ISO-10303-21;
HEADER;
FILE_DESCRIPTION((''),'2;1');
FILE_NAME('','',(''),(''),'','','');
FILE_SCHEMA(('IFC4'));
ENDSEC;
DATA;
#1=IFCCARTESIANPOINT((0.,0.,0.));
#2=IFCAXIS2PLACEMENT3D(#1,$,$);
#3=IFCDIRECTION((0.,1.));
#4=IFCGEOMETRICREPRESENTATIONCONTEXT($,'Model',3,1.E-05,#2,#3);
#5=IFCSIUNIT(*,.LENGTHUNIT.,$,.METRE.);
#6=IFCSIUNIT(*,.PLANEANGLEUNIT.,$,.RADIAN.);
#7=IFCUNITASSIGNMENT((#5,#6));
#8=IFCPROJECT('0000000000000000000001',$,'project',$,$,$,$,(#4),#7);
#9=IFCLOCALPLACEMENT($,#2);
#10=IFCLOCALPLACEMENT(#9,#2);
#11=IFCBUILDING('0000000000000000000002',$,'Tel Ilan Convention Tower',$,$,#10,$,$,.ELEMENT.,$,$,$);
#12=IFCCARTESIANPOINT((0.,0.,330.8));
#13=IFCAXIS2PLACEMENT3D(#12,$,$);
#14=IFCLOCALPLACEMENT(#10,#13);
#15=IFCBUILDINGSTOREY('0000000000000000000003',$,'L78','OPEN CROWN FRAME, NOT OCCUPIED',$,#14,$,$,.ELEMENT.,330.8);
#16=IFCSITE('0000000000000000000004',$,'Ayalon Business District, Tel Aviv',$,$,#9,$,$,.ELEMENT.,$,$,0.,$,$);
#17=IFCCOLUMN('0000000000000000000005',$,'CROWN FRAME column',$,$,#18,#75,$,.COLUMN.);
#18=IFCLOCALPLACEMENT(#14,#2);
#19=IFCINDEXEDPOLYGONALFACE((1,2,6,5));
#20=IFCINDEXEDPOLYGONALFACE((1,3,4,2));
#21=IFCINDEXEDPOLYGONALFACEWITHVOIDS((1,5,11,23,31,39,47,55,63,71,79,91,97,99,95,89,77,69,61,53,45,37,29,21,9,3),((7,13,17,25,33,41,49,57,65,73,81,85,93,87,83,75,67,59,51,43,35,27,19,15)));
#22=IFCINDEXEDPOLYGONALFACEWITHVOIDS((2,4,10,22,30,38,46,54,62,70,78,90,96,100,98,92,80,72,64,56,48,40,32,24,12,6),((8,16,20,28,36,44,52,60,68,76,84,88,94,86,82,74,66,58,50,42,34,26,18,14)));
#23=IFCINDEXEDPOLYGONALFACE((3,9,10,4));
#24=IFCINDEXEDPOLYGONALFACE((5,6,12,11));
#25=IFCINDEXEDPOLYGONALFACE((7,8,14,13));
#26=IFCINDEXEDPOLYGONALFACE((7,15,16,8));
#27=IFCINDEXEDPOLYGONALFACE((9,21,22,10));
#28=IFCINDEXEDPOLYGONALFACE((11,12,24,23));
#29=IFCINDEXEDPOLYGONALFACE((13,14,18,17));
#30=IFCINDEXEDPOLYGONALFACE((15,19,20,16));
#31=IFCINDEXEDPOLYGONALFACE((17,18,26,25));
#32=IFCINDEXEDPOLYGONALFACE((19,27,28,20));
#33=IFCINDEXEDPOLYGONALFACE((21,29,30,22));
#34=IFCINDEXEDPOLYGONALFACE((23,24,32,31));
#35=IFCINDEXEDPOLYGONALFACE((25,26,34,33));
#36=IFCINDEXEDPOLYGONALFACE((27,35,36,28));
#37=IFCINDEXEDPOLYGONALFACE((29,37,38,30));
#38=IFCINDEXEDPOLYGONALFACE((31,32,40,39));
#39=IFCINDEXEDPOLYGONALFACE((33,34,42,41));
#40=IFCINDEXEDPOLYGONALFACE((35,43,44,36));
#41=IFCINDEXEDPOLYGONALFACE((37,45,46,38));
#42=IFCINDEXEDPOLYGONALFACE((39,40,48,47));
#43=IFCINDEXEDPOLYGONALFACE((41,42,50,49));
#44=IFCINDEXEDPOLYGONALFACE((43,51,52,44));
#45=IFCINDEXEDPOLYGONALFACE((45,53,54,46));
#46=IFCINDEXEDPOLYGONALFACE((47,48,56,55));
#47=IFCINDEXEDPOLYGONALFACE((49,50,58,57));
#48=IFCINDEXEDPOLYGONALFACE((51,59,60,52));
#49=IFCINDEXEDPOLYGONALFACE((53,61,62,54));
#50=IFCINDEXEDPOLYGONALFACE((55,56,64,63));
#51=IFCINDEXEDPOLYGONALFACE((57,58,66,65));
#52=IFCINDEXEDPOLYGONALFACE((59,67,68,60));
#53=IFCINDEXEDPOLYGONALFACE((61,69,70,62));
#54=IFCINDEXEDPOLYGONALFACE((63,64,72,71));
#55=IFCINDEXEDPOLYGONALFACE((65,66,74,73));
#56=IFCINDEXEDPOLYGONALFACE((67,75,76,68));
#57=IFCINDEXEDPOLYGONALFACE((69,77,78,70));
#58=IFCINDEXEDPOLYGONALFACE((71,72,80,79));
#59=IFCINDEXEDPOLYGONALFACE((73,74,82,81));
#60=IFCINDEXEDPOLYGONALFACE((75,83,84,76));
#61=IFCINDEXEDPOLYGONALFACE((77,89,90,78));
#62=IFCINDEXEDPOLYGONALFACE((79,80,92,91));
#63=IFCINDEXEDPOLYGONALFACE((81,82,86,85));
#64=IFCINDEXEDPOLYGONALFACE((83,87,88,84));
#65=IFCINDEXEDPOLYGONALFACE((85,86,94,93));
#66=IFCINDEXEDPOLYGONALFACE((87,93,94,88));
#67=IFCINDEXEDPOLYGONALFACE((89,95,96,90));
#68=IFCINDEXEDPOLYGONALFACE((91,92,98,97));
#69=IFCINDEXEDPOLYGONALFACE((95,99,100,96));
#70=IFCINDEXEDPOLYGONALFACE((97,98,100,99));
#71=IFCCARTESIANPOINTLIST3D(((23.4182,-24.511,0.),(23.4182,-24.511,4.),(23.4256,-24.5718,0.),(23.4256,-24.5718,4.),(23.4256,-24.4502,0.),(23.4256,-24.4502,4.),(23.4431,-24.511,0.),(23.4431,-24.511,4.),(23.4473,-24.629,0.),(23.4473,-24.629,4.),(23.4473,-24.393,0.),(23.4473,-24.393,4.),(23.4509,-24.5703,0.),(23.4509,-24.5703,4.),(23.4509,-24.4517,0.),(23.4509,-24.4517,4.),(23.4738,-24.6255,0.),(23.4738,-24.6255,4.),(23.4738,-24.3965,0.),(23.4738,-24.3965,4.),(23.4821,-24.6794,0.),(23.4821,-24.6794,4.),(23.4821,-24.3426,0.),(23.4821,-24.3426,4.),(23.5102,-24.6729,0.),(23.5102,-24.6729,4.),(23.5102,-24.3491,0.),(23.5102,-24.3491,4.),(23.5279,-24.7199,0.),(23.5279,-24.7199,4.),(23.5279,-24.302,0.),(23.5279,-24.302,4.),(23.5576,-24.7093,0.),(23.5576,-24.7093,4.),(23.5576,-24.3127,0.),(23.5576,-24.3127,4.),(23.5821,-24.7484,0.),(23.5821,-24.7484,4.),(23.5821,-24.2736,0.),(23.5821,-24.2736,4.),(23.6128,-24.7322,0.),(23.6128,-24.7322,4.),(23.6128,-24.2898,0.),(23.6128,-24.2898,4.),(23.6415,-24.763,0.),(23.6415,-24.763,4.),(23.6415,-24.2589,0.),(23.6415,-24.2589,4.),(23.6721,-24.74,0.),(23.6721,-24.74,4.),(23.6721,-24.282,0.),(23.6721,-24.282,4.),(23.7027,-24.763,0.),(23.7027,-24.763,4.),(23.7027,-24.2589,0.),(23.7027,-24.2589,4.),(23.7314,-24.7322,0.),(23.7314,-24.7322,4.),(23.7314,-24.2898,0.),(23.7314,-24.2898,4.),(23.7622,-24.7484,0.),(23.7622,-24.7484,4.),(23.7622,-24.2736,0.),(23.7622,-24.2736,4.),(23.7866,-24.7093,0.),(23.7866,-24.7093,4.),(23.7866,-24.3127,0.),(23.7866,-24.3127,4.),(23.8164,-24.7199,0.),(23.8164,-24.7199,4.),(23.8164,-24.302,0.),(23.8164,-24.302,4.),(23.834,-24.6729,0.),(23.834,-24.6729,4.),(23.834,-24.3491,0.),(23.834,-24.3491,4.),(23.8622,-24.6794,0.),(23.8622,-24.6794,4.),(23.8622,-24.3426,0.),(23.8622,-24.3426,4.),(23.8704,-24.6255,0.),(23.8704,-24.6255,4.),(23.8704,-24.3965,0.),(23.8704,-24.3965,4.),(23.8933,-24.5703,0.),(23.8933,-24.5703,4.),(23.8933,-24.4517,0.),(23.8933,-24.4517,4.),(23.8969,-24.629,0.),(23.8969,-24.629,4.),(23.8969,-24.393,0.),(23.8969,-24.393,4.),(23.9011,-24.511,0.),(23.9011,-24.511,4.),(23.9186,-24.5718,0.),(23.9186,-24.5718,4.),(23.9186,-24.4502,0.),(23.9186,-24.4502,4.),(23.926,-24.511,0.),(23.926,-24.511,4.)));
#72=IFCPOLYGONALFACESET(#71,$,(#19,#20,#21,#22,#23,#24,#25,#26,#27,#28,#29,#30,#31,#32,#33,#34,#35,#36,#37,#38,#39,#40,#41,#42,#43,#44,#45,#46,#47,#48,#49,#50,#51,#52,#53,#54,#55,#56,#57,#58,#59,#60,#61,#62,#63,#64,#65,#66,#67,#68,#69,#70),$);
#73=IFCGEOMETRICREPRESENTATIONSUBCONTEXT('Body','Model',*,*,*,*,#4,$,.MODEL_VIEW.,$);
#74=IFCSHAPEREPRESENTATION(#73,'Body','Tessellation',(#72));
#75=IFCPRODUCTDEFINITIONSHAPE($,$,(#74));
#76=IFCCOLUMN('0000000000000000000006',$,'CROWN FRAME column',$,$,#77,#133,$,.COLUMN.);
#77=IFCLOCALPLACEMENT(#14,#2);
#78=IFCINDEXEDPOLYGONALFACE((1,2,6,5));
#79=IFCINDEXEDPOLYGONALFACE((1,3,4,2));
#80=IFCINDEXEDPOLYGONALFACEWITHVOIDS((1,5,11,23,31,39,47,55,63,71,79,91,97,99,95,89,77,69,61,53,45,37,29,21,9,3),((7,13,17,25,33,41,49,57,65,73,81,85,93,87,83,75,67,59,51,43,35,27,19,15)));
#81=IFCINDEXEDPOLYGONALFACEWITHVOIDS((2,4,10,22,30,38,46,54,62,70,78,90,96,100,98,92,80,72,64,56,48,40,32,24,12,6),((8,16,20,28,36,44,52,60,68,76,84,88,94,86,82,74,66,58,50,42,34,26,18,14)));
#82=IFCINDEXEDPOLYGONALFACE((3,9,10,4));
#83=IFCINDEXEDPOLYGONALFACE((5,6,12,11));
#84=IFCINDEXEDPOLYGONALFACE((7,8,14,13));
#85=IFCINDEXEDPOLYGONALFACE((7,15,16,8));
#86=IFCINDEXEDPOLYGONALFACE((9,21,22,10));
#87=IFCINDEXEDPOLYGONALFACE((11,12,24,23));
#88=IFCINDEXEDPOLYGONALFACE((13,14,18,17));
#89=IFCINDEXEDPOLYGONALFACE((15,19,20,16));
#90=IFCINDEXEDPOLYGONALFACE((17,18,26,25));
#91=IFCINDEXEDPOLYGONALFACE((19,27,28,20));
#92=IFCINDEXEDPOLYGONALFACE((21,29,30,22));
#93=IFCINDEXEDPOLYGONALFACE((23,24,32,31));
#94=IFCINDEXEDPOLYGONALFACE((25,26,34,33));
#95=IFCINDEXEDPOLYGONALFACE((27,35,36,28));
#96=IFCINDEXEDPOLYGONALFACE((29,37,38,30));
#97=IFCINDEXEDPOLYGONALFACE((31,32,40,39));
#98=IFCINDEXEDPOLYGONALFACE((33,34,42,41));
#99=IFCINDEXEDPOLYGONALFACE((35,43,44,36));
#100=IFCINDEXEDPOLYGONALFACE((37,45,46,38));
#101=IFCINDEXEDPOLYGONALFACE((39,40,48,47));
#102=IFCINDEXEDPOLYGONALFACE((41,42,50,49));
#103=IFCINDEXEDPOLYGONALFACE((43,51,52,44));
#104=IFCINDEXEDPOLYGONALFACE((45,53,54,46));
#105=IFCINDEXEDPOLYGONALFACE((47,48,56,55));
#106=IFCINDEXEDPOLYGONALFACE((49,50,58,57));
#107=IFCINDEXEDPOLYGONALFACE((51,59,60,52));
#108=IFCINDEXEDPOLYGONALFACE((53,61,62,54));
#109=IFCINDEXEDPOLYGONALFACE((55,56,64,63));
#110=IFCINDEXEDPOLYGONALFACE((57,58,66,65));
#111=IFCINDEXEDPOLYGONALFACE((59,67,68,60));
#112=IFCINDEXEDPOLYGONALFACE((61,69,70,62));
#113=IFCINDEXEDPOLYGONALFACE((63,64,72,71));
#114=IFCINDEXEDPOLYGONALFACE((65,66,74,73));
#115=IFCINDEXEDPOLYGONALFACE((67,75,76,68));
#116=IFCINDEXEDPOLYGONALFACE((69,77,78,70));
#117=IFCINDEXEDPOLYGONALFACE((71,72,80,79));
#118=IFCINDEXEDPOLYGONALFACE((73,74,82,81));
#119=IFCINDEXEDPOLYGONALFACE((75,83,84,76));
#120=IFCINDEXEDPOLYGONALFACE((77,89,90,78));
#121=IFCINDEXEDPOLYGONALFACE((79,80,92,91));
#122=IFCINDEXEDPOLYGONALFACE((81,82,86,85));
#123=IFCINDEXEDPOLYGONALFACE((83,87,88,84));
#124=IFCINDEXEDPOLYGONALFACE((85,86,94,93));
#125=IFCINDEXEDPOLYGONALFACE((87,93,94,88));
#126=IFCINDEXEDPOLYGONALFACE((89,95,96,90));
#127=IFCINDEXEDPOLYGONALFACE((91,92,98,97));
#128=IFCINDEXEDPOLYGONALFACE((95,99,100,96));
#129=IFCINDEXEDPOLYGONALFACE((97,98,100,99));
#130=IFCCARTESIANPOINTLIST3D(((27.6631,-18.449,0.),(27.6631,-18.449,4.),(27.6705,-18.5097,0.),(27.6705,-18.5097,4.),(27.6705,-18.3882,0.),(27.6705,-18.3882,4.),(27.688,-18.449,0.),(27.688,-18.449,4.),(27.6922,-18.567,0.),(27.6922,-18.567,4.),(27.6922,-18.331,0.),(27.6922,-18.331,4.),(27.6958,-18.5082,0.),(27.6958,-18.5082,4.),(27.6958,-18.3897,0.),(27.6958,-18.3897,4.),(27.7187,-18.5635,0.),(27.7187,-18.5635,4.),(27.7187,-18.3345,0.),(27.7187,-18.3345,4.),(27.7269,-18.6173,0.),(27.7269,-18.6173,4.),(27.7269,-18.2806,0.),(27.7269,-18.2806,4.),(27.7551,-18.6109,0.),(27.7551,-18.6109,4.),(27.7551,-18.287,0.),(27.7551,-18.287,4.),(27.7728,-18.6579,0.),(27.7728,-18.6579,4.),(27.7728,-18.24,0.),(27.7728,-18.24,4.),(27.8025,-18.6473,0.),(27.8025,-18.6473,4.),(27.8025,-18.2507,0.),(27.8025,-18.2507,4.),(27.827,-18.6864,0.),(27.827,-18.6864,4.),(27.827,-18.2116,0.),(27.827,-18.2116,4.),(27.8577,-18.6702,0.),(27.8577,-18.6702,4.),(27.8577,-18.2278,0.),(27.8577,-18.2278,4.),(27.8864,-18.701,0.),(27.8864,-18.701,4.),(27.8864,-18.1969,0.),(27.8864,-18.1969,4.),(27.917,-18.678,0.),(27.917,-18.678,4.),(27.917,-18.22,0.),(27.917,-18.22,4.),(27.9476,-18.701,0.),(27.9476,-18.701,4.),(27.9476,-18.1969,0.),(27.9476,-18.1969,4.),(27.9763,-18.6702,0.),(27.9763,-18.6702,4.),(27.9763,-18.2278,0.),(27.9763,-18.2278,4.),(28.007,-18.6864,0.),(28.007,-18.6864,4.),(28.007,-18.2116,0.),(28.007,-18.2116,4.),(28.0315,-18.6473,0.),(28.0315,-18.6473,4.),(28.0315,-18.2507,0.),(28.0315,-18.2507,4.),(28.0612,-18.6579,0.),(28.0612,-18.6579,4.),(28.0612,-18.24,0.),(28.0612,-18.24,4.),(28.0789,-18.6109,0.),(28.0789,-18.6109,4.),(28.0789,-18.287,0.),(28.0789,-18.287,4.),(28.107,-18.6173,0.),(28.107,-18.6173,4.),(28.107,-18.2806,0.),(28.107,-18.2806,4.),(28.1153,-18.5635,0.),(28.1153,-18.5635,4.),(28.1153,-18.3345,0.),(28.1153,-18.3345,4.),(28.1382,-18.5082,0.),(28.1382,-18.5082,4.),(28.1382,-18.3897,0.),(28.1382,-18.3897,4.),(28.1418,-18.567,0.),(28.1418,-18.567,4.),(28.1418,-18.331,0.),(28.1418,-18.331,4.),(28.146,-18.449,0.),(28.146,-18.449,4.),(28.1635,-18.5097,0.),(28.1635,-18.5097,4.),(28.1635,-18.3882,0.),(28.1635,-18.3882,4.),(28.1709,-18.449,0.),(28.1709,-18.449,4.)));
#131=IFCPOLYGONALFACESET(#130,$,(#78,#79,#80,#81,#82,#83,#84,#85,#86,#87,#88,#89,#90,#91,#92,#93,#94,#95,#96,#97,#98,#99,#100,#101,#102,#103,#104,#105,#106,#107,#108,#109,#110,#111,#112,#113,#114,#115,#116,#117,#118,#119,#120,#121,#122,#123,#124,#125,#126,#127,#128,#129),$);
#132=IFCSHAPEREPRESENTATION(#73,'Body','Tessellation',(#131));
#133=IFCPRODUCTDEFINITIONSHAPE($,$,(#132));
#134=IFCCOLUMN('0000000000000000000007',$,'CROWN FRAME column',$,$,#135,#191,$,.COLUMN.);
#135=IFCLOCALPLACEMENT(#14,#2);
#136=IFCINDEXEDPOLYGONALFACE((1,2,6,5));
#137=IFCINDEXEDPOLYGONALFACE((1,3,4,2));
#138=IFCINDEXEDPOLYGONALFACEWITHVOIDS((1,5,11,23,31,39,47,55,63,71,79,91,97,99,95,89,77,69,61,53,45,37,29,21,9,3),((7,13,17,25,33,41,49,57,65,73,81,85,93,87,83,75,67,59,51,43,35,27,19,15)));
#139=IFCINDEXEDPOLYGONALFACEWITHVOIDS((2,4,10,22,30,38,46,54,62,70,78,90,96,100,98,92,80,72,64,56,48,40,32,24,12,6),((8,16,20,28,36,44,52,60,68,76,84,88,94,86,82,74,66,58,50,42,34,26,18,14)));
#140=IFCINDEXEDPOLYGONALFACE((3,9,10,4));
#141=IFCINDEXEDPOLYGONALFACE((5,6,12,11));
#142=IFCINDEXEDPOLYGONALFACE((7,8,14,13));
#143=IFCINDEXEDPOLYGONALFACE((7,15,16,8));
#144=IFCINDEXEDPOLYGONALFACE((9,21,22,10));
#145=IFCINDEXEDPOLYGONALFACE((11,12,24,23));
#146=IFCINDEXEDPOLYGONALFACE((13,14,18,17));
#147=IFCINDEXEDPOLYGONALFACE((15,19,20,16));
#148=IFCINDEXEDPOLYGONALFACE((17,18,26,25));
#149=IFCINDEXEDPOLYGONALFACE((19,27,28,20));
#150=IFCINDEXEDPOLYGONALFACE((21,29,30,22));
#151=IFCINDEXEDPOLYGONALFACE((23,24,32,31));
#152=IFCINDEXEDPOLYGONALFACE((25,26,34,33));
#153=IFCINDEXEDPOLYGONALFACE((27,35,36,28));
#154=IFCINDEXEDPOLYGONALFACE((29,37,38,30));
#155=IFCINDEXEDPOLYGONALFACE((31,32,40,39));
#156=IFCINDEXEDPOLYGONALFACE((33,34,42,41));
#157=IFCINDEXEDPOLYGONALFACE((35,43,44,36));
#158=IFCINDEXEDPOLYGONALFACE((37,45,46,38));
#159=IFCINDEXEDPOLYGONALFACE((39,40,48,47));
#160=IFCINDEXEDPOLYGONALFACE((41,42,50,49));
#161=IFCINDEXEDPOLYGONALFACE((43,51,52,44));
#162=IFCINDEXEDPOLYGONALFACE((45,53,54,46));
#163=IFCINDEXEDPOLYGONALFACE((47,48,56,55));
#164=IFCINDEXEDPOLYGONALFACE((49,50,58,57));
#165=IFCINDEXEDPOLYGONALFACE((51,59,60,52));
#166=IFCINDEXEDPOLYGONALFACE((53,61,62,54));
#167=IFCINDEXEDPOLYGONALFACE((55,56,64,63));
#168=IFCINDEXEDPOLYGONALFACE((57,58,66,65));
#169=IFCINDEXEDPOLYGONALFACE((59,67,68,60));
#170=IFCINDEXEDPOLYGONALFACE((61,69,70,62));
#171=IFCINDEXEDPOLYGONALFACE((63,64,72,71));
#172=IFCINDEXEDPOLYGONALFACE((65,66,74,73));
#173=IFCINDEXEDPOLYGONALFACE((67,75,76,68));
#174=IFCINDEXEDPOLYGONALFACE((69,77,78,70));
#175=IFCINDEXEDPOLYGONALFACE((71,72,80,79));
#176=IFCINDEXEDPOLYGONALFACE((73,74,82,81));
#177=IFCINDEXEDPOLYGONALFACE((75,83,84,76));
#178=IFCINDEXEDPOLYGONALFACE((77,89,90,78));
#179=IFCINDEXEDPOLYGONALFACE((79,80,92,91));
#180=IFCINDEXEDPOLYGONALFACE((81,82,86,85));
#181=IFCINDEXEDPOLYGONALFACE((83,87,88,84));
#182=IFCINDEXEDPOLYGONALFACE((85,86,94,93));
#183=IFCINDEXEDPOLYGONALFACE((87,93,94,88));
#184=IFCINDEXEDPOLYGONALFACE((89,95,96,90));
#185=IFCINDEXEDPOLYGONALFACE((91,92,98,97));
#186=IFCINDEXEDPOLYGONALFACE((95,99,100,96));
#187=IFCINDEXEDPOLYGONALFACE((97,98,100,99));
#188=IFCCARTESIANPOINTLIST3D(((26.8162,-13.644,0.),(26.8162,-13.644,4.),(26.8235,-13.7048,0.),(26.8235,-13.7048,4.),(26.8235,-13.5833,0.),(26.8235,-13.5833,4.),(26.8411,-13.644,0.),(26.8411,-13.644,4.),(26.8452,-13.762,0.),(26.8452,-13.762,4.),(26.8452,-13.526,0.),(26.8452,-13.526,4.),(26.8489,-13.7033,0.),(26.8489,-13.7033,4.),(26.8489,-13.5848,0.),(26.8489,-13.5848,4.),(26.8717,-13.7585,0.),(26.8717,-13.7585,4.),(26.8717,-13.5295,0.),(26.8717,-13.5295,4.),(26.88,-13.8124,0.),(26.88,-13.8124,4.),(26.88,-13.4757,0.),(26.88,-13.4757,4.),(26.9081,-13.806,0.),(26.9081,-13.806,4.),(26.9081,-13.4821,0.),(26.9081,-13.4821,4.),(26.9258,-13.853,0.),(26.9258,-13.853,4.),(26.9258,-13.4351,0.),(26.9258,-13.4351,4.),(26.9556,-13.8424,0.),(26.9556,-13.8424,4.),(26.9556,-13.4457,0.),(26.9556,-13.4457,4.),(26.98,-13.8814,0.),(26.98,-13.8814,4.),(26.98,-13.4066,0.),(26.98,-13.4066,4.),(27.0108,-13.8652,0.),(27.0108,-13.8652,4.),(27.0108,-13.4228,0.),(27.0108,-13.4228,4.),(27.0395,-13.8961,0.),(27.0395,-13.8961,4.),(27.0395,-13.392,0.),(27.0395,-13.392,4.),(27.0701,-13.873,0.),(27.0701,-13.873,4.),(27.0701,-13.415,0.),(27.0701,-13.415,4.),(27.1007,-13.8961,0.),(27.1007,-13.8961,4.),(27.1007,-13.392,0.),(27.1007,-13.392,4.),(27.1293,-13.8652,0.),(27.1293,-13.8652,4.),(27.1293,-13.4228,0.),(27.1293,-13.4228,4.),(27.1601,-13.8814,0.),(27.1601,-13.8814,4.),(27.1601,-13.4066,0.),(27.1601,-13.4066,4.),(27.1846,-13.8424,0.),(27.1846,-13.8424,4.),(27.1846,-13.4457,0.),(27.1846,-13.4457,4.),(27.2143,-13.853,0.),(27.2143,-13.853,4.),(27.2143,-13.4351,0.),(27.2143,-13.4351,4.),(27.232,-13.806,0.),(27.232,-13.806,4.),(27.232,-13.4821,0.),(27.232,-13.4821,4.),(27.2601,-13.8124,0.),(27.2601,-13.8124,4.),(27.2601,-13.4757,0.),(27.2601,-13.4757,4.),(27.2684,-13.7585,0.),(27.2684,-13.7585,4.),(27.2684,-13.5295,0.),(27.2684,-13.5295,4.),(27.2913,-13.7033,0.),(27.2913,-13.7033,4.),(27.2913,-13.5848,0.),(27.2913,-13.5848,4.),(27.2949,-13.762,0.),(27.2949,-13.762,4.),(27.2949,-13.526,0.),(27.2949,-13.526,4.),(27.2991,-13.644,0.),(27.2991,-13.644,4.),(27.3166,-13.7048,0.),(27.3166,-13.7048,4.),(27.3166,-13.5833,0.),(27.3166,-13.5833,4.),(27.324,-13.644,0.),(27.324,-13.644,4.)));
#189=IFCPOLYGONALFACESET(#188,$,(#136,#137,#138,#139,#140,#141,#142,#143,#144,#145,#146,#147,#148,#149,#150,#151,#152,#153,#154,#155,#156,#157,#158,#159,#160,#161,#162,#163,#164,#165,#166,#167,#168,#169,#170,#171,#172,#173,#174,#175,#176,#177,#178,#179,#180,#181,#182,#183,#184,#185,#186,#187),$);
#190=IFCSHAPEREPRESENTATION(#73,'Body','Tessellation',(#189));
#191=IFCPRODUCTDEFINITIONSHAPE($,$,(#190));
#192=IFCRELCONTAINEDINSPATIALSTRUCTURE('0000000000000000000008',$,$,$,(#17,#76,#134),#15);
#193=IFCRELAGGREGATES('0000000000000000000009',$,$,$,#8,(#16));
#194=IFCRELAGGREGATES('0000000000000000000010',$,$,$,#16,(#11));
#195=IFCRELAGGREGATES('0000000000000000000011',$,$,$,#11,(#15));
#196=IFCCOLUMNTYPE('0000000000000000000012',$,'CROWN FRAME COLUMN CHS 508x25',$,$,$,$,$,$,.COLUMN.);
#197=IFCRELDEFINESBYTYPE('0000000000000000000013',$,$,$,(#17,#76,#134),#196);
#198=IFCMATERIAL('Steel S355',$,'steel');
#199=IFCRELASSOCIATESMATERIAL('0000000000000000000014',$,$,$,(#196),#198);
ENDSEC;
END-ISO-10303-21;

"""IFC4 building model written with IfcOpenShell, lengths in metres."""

from ifc_helpers import new_model, si_unit, direction, frame, origin, origin_2d, place, context, subcontext, project, spatial, hollow_circle, extrude, material, material_profile, profile_set, type_object, element, save


model = new_model("IFC4")

# Units and contexts
model_context = context("Model", 3, precision=1e-05, world=origin(), true_north=direction((0.0, 1.0)))
body_context = subcontext(model_context, "Body", "Model", "MODEL_VIEW")
ifc_project = project(units=[si_unit("LENGTHUNIT", "METRE"), si_unit("PLANEANGLEUNIT", "RADIAN")], contexts=[model_context])

# Site, building, storey
site_placement = place(None, origin())
site = spatial("IfcSite", under=ifc_project, at=site_placement, Name="Ayalon Business District, Tel Aviv", CompositionType="ELEMENT", RefElevation=0.0)
building_placement = place(site_placement, origin())
building = spatial("IfcBuilding", under=site, at=building_placement, Name="Tel Ilan Convention Tower", CompositionType="ELEMENT")
storey_placement = place(building_placement, frame((0.0, 0.0, 330.8)))
storey = spatial("IfcBuildingStorey", under=building, at=storey_placement, Name="L78", Description="OPEN CROWN FRAME, NOT OCCUPIED", CompositionType="ELEMENT", Elevation=330.8)

# Columns
ifc_material_1 = material(Name="Steel S355", Category="steel")
ifc_material_profile_1 = material_profile(ifc_material_1, hollow_circle(Radius=0.2539, WallThickness=0.0249, at=origin_2d()), Name="CHS 508x25")
ifc_profile_set_1 = profile_set([ifc_material_profile_1], Name="Steel S355")
column_type = type_object("IfcColumnType", Name="CROWN FRAME COLUMN CHS 508x25", PredefinedType="COLUMN", material=ifc_profile_set_1)
for number, where, z_axis, x_axis, name in (
    (1, (23.6721, -24.511, 0.0), (0.0, 0.0, 1.0), (1.0, 0.0, 0.0), "CROWN FRAME column"),
    (2, (27.917, -18.449, 0.0), (0.0, 0.0, 1.0), (1.0, 0.0, 0.0), "CROWN FRAME column"),
    (3, (27.0701, -13.644, 0.0), (0.0, 0.0, 1.0), (1.0, 0.0, 0.0), "CROWN FRAME column"),
):
    element("IfcColumn", number, at=place(storey_placement, frame(where, z_axis=z_axis, x_axis=x_axis)), inside=storey, type_object=column_type, Name=name, PredefinedType="COLUMN", context=body_context, shape_type="SweptSolid", body=[
        extrude(hollow_circle(Radius=0.2539, WallThickness=0.0249, at=origin_2d()), origin(), (0.0, 0.0, 1.0), 4.0),
    ])

save(model, "model.ifc")
